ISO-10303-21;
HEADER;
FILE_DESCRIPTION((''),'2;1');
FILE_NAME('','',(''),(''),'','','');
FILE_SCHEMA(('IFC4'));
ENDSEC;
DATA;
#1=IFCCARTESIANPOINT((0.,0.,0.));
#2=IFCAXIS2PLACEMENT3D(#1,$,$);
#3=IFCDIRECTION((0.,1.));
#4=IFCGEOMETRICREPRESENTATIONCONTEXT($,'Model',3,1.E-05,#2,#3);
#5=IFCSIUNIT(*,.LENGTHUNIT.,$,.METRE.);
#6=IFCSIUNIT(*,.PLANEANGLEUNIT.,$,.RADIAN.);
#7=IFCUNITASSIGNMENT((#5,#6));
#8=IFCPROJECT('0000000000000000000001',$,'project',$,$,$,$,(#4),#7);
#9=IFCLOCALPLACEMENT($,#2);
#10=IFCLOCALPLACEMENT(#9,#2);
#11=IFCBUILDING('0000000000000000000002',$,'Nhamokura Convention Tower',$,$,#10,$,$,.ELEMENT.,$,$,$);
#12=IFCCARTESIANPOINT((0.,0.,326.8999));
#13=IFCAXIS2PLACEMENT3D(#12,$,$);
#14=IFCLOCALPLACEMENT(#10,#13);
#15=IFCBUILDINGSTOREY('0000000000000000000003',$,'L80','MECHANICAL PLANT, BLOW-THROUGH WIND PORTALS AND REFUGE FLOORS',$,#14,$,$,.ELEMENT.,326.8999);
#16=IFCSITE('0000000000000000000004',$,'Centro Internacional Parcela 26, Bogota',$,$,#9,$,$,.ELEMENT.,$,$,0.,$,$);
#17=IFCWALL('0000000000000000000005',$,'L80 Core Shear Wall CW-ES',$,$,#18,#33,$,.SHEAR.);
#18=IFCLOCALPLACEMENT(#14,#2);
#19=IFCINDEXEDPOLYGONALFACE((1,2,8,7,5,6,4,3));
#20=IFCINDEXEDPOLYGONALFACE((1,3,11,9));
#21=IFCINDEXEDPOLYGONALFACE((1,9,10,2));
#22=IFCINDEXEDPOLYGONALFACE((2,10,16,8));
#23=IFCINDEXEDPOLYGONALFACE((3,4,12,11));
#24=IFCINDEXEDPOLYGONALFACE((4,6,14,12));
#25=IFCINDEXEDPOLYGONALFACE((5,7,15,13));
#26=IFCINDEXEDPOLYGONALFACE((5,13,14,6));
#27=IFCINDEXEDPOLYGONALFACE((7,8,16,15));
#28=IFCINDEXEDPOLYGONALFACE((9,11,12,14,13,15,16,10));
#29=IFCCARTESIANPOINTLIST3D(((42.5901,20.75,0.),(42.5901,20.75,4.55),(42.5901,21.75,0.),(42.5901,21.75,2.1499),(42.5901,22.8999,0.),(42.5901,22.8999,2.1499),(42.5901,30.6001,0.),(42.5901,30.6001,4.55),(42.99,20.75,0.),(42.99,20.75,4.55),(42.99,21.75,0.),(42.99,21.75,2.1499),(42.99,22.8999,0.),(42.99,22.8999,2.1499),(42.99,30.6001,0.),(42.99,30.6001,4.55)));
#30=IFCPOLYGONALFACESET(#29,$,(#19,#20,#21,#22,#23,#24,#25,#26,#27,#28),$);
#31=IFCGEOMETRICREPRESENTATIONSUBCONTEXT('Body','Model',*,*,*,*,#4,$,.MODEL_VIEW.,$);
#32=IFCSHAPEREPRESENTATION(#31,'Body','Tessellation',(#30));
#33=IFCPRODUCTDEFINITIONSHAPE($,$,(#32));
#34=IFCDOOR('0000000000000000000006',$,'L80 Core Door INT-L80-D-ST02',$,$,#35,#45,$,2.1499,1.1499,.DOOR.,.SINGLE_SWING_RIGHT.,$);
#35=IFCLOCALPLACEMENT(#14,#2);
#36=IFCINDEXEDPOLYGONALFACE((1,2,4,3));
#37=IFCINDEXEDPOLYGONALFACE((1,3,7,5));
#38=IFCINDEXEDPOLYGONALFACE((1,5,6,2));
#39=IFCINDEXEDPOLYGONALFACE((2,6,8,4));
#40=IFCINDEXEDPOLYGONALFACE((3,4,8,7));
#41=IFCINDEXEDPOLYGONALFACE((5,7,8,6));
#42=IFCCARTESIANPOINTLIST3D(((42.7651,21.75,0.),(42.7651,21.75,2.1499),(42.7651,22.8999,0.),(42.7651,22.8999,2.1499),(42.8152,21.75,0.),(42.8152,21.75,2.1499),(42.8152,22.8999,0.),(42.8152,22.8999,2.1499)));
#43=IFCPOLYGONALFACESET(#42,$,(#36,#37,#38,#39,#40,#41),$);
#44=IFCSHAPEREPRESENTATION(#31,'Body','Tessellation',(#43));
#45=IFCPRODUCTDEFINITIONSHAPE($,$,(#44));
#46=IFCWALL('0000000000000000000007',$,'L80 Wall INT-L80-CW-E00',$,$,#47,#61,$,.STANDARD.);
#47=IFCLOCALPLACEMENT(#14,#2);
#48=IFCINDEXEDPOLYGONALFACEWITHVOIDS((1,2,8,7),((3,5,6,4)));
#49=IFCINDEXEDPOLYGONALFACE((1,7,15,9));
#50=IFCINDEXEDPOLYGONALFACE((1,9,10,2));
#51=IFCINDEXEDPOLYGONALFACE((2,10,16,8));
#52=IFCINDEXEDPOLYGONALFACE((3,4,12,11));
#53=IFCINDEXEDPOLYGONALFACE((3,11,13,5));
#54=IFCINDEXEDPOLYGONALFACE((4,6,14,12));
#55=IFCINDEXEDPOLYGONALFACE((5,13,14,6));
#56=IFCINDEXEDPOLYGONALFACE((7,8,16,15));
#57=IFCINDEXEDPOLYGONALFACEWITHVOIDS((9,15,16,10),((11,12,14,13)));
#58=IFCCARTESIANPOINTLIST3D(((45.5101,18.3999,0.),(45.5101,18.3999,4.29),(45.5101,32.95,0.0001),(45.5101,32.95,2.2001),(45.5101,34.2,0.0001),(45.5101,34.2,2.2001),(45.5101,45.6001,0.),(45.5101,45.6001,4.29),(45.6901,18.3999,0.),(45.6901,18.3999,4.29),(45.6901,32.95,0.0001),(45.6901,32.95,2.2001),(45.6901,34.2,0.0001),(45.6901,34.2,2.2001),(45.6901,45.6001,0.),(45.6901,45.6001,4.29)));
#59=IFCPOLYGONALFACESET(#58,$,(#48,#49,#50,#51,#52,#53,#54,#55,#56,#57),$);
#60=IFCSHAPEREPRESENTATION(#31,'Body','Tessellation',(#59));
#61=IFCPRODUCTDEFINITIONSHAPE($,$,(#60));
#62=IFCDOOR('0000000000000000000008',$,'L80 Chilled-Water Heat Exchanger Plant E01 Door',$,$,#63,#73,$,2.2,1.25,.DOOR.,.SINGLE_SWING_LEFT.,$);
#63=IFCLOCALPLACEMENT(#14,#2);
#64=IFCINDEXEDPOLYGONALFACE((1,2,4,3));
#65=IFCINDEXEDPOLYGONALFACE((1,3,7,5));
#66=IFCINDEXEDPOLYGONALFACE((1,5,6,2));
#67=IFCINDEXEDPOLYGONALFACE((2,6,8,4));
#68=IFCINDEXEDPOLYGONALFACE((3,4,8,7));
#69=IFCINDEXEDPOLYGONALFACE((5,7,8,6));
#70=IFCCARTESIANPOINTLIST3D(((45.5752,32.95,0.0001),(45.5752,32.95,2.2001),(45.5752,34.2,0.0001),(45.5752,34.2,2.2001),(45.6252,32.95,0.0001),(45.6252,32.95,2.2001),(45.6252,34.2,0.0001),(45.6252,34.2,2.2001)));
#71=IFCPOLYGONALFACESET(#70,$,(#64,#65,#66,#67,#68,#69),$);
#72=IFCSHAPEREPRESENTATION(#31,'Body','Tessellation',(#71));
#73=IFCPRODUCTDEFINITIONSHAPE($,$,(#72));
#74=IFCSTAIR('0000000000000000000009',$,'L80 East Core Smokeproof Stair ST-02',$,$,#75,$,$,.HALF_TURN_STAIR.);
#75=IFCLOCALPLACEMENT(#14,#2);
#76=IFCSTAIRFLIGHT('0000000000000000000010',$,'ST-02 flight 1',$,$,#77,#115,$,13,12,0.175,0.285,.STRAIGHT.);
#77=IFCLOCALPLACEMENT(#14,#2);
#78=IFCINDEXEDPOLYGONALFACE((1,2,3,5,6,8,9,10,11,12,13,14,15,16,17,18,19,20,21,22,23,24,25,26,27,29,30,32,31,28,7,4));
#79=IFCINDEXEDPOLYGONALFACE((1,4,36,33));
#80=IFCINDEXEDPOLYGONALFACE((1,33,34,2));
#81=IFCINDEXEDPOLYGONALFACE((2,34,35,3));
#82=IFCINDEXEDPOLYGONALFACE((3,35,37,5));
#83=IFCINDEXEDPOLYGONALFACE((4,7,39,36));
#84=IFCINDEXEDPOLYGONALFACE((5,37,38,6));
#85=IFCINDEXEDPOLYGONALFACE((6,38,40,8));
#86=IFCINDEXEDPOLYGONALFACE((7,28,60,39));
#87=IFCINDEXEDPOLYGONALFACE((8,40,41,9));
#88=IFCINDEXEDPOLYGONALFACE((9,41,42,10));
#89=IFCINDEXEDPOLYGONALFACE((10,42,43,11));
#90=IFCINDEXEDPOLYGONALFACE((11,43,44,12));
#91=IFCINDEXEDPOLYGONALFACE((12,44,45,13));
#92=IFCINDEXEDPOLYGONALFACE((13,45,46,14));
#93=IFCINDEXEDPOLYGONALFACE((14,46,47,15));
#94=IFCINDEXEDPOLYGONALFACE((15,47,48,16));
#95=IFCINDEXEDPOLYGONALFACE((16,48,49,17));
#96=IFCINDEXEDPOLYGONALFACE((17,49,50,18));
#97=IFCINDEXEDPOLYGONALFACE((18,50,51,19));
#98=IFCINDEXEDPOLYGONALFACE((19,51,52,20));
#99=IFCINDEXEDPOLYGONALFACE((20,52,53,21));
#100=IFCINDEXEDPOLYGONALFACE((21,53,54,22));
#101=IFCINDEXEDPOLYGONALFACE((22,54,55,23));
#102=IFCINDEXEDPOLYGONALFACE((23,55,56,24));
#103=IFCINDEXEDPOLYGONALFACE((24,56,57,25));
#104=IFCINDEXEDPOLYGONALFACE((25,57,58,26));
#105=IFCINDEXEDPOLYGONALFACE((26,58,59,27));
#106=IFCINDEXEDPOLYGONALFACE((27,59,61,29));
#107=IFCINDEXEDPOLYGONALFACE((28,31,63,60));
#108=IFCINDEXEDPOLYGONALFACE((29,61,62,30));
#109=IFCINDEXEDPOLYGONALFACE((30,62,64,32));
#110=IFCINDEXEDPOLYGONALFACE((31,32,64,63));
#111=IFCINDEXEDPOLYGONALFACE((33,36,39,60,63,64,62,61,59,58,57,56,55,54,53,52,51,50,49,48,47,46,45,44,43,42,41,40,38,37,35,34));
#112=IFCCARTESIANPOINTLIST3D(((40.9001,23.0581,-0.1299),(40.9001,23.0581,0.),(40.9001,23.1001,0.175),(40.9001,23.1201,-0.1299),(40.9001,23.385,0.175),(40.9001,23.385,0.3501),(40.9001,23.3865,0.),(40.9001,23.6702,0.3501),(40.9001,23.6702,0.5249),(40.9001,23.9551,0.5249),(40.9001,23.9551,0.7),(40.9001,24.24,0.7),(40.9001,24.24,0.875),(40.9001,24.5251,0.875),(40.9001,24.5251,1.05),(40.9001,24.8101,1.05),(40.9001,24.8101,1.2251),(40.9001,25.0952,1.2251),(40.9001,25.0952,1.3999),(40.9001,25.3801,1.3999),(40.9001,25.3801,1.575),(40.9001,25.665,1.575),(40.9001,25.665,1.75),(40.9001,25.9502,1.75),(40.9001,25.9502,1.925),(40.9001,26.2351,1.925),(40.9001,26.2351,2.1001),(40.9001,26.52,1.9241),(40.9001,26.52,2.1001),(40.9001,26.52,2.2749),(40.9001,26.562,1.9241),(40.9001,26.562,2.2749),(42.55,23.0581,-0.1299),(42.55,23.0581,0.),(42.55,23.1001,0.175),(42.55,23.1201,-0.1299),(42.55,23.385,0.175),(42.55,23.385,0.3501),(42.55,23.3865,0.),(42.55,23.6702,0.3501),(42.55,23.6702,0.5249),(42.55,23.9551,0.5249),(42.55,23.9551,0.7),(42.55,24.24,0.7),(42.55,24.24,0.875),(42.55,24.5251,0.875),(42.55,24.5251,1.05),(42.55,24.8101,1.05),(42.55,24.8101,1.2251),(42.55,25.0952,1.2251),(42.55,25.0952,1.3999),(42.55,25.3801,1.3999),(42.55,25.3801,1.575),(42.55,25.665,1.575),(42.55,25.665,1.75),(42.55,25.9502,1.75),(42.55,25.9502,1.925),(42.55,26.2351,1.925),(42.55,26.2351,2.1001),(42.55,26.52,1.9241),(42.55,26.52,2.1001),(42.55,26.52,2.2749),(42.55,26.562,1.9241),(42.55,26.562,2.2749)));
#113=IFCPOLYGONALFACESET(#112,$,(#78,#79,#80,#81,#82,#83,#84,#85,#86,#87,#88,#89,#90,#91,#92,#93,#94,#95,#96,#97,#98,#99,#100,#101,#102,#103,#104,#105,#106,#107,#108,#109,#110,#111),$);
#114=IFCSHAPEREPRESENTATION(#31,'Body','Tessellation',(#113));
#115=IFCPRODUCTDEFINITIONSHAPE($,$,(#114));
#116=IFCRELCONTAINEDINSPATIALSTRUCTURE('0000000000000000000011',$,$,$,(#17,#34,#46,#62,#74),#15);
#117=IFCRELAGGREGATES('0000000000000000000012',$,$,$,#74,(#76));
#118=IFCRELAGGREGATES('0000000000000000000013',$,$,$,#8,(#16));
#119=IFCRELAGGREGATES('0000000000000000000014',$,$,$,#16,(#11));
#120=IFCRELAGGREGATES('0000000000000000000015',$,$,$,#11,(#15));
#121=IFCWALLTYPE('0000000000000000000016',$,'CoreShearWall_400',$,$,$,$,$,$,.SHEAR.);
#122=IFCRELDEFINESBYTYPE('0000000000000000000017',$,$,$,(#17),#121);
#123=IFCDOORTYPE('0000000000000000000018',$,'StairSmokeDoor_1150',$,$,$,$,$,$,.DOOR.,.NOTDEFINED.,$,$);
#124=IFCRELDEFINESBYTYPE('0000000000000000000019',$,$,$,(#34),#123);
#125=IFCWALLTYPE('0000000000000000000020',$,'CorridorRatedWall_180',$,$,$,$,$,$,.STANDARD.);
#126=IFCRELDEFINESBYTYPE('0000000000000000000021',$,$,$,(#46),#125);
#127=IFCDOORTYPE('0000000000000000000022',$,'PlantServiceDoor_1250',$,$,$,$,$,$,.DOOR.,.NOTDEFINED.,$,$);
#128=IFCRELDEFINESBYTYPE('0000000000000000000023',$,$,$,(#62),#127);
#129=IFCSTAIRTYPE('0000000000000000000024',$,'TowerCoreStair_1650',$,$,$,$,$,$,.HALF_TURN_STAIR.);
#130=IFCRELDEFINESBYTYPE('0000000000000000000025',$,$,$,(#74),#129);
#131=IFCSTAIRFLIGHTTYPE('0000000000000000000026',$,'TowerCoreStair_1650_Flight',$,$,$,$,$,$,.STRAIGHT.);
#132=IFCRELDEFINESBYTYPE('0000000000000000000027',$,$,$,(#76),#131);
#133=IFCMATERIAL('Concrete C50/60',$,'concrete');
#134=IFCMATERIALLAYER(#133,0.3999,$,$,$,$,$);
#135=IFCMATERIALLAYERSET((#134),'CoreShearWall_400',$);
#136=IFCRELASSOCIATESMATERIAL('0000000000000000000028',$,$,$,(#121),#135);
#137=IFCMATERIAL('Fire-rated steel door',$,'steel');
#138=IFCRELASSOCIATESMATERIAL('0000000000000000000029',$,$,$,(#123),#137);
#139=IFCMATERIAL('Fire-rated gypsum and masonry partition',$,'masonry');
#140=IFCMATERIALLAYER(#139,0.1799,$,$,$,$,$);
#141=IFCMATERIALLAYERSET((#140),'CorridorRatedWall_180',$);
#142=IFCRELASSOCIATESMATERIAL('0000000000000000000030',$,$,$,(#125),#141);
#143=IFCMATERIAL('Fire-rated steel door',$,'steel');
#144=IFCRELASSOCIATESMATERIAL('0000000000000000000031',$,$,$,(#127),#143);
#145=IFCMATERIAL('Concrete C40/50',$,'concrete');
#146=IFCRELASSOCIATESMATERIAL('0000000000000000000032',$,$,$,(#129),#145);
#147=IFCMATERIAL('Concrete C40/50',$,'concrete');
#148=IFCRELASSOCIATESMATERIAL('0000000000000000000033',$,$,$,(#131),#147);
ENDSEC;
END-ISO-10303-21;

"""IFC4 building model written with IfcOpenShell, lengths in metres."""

from ifc_helpers import new_model, si_unit, direction, frame, frame_2d, origin, place, context, subcontext, project, spatial, polyline, rectangle, outline, extrude, material, layer, layer_set, type_object, element, fill, aggregate, save


model = new_model("IFC4")

# Units and contexts
model_context = context("Model", 3, precision=1e-05, world=origin(), true_north=direction((0.0, 1.0)))
body_context = subcontext(model_context, "Body", "Model", "MODEL_VIEW")
ifc_project = project(units=[si_unit("LENGTHUNIT", "METRE"), si_unit("PLANEANGLEUNIT", "RADIAN")], contexts=[model_context])

# Site, building, storey
site_placement = place(None, origin())
site = spatial("IfcSite", under=ifc_project, at=site_placement, Name="Centro Internacional Parcela 26, Bogota", CompositionType="ELEMENT", RefElevation=0.0)
building_placement = place(site_placement, origin())
building = spatial("IfcBuilding", under=site, at=building_placement, Name="Nhamokura Convention Tower", CompositionType="ELEMENT")
storey_placement = place(building_placement, frame((0.0, 0.0, 326.8999)))
storey = spatial("IfcBuildingStorey", under=building, at=storey_placement, Name="L80", Description="MECHANICAL PLANT, BLOW-THROUGH WIND PORTALS AND REFUGE FLOORS", CompositionType="ELEMENT", Elevation=326.8999)

# Walls, openings, doors
ifc_material_1 = material(Name="Concrete C50/60", Category="concrete")
ifc_layer_1 = layer(ifc_material_1, 0.3999)
ifc_layer_set_1 = layer_set([ifc_layer_1], Name="CoreShearWall_400")
wall_type_1 = type_object("IfcWallType", Name="CoreShearWall_400", PredefinedType="SHEAR", material=ifc_layer_set_1)
wall_1_placement = place(storey_placement, frame((42.79, 20.75, 0.0), z_axis=(0.0, 0.0, 1.0), x_axis=(0.0, 1.0, 0.0)))
wall_1 = element("IfcWall", 1, at=wall_1_placement, inside=storey, type_object=wall_type_1, Name="L80 Core Shear Wall CW-ES", PredefinedType="SHEAR", context=body_context, shape_type="SweptSolid", body=[
    extrude(rectangle(XDim=9.8501, YDim=0.3999, at=frame_2d((4.925, 0.0))), origin(), (0.0, 0.0, 1.0), 4.55),
])
opening_1_placement = place(wall_1_placement, frame((1.0, 0.0, 0.0)))
opening_1 = element("IfcOpeningElement", 2, at=opening_1_placement, cuts=wall_1, PredefinedType="OPENING", context=body_context, shape_type="SweptSolid", body=[
    extrude(rectangle(XDim=1.1499, YDim=2.1499, at=frame_2d((0.575, 1.075))), frame((0.0, 0.21, 0.0), z_axis=(0.0, -1.0, 0.0), x_axis=(1.0, 0.0, 0.0)), (0.0, 0.0, 1.0), 0.4199),
])
ifc_material_2 = material(Name="Fire-rated steel door", Category="steel")
door_type_1 = type_object("IfcDoorType", Name="StairSmokeDoor_1150", OperationType="NOTDEFINED", PredefinedType="DOOR", material=ifc_material_2)
door_1_placement = place(opening_1_placement, origin())
door_1 = element("IfcDoor", 3, at=door_1_placement, inside=storey, type_object=door_type_1, Name="L80 Core Door INT-L80-D-ST02", OperationType="SINGLE_SWING_RIGHT", OverallHeight=2.1499, OverallWidth=1.1499, PredefinedType="DOOR", context=body_context, shape_type="SweptSolid", body=[
    extrude(rectangle(XDim=1.1499, YDim=2.1499, at=frame_2d((0.575, 1.075))), frame((0.0, 0.0249, 0.0), z_axis=(0.0, -1.0, 0.0), x_axis=(1.0, 0.0, 0.0)), (0.0, 0.0, 1.0), 0.05),
])
fill(opening_1, door_1)
ifc_material_3 = material(Name="Fire-rated gypsum and masonry partition", Category="masonry")
ifc_layer_2 = layer(ifc_material_3, 0.1799)
ifc_layer_set_2 = layer_set([ifc_layer_2], Name="CorridorRatedWall_180")
wall_type_2 = type_object("IfcWallType", Name="CorridorRatedWall_180", PredefinedType="STANDARD", material=ifc_layer_set_2)
wall_2_placement = place(storey_placement, frame((45.6001, 18.3999, 0.0), z_axis=(0.0, 0.0, 1.0), x_axis=(0.0, 1.0, 0.0)))
wall_2 = element("IfcWall", 4, at=wall_2_placement, inside=storey, type_object=wall_type_2, Name="L80 Wall INT-L80-CW-E00", PredefinedType="STANDARD", context=body_context, shape_type="SweptSolid", body=[
    extrude(rectangle(XDim=27.2002, YDim=0.1799, at=frame_2d((13.6001, 0.0))), origin(), (0.0, 0.0, 1.0), 4.29),
])
opening_2_placement = place(wall_2_placement, frame((14.55, 0.0, 0.0)))
opening_2 = element("IfcOpeningElement", 5, at=opening_2_placement, cuts=wall_2, PredefinedType="OPENING", context=body_context, shape_type="SweptSolid", body=[
    extrude(rectangle(XDim=1.25, YDim=2.2, at=frame_2d((0.625, 1.1001))), frame((0.0, 0.0999, 0.0), z_axis=(0.0, -1.0, 0.0), x_axis=(1.0, 0.0, 0.0)), (0.0, 0.0, 1.0), 0.2),
])
ifc_material_4 = material(Name="Fire-rated steel door", Category="steel")
door_type_2 = type_object("IfcDoorType", Name="PlantServiceDoor_1250", OperationType="NOTDEFINED", PredefinedType="DOOR", material=ifc_material_4)
door_2_placement = place(opening_2_placement, origin())
door_2 = element("IfcDoor", 6, at=door_2_placement, inside=storey, type_object=door_type_2, Name="L80 Chilled-Water Heat Exchanger Plant E01 Door", OperationType="SINGLE_SWING_LEFT", OverallHeight=2.2, OverallWidth=1.25, PredefinedType="DOOR", context=body_context, shape_type="SweptSolid", body=[
    extrude(rectangle(XDim=1.25, YDim=2.2, at=frame_2d((0.625, 1.1001))), frame((0.0, 0.0249, 0.0), z_axis=(0.0, -1.0, 0.0), x_axis=(1.0, 0.0, 0.0)), (0.0, 0.0, 1.0), 0.05),
])
fill(opening_2, door_2)

# Stair, stair flight
ifc_material_5 = material(Name="Concrete C40/50", Category="concrete")
stair_type = type_object("IfcStairType", Name="TowerCoreStair_1650", PredefinedType="HALF_TURN_STAIR", material=ifc_material_5)
stair_placement = place(storey_placement, origin())
stair = element("IfcStair", 7, at=stair_placement, inside=storey, type_object=stair_type, Name="L80 East Core Smokeproof Stair ST-02", PredefinedType="HALF_TURN_STAIR")
ifc_material_6 = material(Name="Concrete C40/50", Category="concrete")
stair_flight_type = type_object("IfcStairFlightType", Name="TowerCoreStair_1650_Flight", PredefinedType="STRAIGHT", material=ifc_material_6)
stair_flight_placement = place(storey_placement, frame((41.7251, 23.1001, 0.0), z_axis=(0.0, 0.0, 1.0), x_axis=(0.0, 1.0, 0.0)))
stair_flight = element("IfcStairFlight", 8, at=stair_flight_placement, type_object=stair_flight_type, Name="ST-02 flight 1", NumberOfRisers=13, NumberOfTreads=12, PredefinedType="STRAIGHT", RiserHeight=0.175, TreadLength=0.285, context=body_context, shape_type="SweptSolid", body=[
    extrude(outline(polyline([(-0.042, 0.0), (0.0, 0.175), (0.2849, 0.175), (0.2849, 0.3501), (0.5701, 0.3501), (0.5701, 0.5249), (0.855, 0.5249), (0.855, 0.7), (1.1399, 0.7), (1.1399, 0.875), (1.425, 0.875), (1.425, 1.05), (1.71, 1.05), (1.71, 1.2251), (1.9951, 1.2251), (1.9951, 1.3999), (2.28, 1.3999), (2.28, 1.575), (2.5649, 1.575), (2.5649, 1.75), (2.8501, 1.75), (2.8501, 1.925), (3.135, 1.925), (3.135, 2.1001), (3.4199, 2.1001), (3.4199, 2.2749), (3.4619, 2.2749), (3.4619, 1.9241), (3.4199, 1.9241), (0.2864, 0.0), (0.02, -0.1299), (-0.042, -0.1299), (-0.042, 0.0)])), frame((0.0, 0.825, 0.0), z_axis=(0.0, -1.0, 0.0), x_axis=(1.0, 0.0, 0.0)), (0.0, 0.0, 1.0), 1.6499),
])
aggregate(stair, [stair_flight])

save(model, "model.ifc")
